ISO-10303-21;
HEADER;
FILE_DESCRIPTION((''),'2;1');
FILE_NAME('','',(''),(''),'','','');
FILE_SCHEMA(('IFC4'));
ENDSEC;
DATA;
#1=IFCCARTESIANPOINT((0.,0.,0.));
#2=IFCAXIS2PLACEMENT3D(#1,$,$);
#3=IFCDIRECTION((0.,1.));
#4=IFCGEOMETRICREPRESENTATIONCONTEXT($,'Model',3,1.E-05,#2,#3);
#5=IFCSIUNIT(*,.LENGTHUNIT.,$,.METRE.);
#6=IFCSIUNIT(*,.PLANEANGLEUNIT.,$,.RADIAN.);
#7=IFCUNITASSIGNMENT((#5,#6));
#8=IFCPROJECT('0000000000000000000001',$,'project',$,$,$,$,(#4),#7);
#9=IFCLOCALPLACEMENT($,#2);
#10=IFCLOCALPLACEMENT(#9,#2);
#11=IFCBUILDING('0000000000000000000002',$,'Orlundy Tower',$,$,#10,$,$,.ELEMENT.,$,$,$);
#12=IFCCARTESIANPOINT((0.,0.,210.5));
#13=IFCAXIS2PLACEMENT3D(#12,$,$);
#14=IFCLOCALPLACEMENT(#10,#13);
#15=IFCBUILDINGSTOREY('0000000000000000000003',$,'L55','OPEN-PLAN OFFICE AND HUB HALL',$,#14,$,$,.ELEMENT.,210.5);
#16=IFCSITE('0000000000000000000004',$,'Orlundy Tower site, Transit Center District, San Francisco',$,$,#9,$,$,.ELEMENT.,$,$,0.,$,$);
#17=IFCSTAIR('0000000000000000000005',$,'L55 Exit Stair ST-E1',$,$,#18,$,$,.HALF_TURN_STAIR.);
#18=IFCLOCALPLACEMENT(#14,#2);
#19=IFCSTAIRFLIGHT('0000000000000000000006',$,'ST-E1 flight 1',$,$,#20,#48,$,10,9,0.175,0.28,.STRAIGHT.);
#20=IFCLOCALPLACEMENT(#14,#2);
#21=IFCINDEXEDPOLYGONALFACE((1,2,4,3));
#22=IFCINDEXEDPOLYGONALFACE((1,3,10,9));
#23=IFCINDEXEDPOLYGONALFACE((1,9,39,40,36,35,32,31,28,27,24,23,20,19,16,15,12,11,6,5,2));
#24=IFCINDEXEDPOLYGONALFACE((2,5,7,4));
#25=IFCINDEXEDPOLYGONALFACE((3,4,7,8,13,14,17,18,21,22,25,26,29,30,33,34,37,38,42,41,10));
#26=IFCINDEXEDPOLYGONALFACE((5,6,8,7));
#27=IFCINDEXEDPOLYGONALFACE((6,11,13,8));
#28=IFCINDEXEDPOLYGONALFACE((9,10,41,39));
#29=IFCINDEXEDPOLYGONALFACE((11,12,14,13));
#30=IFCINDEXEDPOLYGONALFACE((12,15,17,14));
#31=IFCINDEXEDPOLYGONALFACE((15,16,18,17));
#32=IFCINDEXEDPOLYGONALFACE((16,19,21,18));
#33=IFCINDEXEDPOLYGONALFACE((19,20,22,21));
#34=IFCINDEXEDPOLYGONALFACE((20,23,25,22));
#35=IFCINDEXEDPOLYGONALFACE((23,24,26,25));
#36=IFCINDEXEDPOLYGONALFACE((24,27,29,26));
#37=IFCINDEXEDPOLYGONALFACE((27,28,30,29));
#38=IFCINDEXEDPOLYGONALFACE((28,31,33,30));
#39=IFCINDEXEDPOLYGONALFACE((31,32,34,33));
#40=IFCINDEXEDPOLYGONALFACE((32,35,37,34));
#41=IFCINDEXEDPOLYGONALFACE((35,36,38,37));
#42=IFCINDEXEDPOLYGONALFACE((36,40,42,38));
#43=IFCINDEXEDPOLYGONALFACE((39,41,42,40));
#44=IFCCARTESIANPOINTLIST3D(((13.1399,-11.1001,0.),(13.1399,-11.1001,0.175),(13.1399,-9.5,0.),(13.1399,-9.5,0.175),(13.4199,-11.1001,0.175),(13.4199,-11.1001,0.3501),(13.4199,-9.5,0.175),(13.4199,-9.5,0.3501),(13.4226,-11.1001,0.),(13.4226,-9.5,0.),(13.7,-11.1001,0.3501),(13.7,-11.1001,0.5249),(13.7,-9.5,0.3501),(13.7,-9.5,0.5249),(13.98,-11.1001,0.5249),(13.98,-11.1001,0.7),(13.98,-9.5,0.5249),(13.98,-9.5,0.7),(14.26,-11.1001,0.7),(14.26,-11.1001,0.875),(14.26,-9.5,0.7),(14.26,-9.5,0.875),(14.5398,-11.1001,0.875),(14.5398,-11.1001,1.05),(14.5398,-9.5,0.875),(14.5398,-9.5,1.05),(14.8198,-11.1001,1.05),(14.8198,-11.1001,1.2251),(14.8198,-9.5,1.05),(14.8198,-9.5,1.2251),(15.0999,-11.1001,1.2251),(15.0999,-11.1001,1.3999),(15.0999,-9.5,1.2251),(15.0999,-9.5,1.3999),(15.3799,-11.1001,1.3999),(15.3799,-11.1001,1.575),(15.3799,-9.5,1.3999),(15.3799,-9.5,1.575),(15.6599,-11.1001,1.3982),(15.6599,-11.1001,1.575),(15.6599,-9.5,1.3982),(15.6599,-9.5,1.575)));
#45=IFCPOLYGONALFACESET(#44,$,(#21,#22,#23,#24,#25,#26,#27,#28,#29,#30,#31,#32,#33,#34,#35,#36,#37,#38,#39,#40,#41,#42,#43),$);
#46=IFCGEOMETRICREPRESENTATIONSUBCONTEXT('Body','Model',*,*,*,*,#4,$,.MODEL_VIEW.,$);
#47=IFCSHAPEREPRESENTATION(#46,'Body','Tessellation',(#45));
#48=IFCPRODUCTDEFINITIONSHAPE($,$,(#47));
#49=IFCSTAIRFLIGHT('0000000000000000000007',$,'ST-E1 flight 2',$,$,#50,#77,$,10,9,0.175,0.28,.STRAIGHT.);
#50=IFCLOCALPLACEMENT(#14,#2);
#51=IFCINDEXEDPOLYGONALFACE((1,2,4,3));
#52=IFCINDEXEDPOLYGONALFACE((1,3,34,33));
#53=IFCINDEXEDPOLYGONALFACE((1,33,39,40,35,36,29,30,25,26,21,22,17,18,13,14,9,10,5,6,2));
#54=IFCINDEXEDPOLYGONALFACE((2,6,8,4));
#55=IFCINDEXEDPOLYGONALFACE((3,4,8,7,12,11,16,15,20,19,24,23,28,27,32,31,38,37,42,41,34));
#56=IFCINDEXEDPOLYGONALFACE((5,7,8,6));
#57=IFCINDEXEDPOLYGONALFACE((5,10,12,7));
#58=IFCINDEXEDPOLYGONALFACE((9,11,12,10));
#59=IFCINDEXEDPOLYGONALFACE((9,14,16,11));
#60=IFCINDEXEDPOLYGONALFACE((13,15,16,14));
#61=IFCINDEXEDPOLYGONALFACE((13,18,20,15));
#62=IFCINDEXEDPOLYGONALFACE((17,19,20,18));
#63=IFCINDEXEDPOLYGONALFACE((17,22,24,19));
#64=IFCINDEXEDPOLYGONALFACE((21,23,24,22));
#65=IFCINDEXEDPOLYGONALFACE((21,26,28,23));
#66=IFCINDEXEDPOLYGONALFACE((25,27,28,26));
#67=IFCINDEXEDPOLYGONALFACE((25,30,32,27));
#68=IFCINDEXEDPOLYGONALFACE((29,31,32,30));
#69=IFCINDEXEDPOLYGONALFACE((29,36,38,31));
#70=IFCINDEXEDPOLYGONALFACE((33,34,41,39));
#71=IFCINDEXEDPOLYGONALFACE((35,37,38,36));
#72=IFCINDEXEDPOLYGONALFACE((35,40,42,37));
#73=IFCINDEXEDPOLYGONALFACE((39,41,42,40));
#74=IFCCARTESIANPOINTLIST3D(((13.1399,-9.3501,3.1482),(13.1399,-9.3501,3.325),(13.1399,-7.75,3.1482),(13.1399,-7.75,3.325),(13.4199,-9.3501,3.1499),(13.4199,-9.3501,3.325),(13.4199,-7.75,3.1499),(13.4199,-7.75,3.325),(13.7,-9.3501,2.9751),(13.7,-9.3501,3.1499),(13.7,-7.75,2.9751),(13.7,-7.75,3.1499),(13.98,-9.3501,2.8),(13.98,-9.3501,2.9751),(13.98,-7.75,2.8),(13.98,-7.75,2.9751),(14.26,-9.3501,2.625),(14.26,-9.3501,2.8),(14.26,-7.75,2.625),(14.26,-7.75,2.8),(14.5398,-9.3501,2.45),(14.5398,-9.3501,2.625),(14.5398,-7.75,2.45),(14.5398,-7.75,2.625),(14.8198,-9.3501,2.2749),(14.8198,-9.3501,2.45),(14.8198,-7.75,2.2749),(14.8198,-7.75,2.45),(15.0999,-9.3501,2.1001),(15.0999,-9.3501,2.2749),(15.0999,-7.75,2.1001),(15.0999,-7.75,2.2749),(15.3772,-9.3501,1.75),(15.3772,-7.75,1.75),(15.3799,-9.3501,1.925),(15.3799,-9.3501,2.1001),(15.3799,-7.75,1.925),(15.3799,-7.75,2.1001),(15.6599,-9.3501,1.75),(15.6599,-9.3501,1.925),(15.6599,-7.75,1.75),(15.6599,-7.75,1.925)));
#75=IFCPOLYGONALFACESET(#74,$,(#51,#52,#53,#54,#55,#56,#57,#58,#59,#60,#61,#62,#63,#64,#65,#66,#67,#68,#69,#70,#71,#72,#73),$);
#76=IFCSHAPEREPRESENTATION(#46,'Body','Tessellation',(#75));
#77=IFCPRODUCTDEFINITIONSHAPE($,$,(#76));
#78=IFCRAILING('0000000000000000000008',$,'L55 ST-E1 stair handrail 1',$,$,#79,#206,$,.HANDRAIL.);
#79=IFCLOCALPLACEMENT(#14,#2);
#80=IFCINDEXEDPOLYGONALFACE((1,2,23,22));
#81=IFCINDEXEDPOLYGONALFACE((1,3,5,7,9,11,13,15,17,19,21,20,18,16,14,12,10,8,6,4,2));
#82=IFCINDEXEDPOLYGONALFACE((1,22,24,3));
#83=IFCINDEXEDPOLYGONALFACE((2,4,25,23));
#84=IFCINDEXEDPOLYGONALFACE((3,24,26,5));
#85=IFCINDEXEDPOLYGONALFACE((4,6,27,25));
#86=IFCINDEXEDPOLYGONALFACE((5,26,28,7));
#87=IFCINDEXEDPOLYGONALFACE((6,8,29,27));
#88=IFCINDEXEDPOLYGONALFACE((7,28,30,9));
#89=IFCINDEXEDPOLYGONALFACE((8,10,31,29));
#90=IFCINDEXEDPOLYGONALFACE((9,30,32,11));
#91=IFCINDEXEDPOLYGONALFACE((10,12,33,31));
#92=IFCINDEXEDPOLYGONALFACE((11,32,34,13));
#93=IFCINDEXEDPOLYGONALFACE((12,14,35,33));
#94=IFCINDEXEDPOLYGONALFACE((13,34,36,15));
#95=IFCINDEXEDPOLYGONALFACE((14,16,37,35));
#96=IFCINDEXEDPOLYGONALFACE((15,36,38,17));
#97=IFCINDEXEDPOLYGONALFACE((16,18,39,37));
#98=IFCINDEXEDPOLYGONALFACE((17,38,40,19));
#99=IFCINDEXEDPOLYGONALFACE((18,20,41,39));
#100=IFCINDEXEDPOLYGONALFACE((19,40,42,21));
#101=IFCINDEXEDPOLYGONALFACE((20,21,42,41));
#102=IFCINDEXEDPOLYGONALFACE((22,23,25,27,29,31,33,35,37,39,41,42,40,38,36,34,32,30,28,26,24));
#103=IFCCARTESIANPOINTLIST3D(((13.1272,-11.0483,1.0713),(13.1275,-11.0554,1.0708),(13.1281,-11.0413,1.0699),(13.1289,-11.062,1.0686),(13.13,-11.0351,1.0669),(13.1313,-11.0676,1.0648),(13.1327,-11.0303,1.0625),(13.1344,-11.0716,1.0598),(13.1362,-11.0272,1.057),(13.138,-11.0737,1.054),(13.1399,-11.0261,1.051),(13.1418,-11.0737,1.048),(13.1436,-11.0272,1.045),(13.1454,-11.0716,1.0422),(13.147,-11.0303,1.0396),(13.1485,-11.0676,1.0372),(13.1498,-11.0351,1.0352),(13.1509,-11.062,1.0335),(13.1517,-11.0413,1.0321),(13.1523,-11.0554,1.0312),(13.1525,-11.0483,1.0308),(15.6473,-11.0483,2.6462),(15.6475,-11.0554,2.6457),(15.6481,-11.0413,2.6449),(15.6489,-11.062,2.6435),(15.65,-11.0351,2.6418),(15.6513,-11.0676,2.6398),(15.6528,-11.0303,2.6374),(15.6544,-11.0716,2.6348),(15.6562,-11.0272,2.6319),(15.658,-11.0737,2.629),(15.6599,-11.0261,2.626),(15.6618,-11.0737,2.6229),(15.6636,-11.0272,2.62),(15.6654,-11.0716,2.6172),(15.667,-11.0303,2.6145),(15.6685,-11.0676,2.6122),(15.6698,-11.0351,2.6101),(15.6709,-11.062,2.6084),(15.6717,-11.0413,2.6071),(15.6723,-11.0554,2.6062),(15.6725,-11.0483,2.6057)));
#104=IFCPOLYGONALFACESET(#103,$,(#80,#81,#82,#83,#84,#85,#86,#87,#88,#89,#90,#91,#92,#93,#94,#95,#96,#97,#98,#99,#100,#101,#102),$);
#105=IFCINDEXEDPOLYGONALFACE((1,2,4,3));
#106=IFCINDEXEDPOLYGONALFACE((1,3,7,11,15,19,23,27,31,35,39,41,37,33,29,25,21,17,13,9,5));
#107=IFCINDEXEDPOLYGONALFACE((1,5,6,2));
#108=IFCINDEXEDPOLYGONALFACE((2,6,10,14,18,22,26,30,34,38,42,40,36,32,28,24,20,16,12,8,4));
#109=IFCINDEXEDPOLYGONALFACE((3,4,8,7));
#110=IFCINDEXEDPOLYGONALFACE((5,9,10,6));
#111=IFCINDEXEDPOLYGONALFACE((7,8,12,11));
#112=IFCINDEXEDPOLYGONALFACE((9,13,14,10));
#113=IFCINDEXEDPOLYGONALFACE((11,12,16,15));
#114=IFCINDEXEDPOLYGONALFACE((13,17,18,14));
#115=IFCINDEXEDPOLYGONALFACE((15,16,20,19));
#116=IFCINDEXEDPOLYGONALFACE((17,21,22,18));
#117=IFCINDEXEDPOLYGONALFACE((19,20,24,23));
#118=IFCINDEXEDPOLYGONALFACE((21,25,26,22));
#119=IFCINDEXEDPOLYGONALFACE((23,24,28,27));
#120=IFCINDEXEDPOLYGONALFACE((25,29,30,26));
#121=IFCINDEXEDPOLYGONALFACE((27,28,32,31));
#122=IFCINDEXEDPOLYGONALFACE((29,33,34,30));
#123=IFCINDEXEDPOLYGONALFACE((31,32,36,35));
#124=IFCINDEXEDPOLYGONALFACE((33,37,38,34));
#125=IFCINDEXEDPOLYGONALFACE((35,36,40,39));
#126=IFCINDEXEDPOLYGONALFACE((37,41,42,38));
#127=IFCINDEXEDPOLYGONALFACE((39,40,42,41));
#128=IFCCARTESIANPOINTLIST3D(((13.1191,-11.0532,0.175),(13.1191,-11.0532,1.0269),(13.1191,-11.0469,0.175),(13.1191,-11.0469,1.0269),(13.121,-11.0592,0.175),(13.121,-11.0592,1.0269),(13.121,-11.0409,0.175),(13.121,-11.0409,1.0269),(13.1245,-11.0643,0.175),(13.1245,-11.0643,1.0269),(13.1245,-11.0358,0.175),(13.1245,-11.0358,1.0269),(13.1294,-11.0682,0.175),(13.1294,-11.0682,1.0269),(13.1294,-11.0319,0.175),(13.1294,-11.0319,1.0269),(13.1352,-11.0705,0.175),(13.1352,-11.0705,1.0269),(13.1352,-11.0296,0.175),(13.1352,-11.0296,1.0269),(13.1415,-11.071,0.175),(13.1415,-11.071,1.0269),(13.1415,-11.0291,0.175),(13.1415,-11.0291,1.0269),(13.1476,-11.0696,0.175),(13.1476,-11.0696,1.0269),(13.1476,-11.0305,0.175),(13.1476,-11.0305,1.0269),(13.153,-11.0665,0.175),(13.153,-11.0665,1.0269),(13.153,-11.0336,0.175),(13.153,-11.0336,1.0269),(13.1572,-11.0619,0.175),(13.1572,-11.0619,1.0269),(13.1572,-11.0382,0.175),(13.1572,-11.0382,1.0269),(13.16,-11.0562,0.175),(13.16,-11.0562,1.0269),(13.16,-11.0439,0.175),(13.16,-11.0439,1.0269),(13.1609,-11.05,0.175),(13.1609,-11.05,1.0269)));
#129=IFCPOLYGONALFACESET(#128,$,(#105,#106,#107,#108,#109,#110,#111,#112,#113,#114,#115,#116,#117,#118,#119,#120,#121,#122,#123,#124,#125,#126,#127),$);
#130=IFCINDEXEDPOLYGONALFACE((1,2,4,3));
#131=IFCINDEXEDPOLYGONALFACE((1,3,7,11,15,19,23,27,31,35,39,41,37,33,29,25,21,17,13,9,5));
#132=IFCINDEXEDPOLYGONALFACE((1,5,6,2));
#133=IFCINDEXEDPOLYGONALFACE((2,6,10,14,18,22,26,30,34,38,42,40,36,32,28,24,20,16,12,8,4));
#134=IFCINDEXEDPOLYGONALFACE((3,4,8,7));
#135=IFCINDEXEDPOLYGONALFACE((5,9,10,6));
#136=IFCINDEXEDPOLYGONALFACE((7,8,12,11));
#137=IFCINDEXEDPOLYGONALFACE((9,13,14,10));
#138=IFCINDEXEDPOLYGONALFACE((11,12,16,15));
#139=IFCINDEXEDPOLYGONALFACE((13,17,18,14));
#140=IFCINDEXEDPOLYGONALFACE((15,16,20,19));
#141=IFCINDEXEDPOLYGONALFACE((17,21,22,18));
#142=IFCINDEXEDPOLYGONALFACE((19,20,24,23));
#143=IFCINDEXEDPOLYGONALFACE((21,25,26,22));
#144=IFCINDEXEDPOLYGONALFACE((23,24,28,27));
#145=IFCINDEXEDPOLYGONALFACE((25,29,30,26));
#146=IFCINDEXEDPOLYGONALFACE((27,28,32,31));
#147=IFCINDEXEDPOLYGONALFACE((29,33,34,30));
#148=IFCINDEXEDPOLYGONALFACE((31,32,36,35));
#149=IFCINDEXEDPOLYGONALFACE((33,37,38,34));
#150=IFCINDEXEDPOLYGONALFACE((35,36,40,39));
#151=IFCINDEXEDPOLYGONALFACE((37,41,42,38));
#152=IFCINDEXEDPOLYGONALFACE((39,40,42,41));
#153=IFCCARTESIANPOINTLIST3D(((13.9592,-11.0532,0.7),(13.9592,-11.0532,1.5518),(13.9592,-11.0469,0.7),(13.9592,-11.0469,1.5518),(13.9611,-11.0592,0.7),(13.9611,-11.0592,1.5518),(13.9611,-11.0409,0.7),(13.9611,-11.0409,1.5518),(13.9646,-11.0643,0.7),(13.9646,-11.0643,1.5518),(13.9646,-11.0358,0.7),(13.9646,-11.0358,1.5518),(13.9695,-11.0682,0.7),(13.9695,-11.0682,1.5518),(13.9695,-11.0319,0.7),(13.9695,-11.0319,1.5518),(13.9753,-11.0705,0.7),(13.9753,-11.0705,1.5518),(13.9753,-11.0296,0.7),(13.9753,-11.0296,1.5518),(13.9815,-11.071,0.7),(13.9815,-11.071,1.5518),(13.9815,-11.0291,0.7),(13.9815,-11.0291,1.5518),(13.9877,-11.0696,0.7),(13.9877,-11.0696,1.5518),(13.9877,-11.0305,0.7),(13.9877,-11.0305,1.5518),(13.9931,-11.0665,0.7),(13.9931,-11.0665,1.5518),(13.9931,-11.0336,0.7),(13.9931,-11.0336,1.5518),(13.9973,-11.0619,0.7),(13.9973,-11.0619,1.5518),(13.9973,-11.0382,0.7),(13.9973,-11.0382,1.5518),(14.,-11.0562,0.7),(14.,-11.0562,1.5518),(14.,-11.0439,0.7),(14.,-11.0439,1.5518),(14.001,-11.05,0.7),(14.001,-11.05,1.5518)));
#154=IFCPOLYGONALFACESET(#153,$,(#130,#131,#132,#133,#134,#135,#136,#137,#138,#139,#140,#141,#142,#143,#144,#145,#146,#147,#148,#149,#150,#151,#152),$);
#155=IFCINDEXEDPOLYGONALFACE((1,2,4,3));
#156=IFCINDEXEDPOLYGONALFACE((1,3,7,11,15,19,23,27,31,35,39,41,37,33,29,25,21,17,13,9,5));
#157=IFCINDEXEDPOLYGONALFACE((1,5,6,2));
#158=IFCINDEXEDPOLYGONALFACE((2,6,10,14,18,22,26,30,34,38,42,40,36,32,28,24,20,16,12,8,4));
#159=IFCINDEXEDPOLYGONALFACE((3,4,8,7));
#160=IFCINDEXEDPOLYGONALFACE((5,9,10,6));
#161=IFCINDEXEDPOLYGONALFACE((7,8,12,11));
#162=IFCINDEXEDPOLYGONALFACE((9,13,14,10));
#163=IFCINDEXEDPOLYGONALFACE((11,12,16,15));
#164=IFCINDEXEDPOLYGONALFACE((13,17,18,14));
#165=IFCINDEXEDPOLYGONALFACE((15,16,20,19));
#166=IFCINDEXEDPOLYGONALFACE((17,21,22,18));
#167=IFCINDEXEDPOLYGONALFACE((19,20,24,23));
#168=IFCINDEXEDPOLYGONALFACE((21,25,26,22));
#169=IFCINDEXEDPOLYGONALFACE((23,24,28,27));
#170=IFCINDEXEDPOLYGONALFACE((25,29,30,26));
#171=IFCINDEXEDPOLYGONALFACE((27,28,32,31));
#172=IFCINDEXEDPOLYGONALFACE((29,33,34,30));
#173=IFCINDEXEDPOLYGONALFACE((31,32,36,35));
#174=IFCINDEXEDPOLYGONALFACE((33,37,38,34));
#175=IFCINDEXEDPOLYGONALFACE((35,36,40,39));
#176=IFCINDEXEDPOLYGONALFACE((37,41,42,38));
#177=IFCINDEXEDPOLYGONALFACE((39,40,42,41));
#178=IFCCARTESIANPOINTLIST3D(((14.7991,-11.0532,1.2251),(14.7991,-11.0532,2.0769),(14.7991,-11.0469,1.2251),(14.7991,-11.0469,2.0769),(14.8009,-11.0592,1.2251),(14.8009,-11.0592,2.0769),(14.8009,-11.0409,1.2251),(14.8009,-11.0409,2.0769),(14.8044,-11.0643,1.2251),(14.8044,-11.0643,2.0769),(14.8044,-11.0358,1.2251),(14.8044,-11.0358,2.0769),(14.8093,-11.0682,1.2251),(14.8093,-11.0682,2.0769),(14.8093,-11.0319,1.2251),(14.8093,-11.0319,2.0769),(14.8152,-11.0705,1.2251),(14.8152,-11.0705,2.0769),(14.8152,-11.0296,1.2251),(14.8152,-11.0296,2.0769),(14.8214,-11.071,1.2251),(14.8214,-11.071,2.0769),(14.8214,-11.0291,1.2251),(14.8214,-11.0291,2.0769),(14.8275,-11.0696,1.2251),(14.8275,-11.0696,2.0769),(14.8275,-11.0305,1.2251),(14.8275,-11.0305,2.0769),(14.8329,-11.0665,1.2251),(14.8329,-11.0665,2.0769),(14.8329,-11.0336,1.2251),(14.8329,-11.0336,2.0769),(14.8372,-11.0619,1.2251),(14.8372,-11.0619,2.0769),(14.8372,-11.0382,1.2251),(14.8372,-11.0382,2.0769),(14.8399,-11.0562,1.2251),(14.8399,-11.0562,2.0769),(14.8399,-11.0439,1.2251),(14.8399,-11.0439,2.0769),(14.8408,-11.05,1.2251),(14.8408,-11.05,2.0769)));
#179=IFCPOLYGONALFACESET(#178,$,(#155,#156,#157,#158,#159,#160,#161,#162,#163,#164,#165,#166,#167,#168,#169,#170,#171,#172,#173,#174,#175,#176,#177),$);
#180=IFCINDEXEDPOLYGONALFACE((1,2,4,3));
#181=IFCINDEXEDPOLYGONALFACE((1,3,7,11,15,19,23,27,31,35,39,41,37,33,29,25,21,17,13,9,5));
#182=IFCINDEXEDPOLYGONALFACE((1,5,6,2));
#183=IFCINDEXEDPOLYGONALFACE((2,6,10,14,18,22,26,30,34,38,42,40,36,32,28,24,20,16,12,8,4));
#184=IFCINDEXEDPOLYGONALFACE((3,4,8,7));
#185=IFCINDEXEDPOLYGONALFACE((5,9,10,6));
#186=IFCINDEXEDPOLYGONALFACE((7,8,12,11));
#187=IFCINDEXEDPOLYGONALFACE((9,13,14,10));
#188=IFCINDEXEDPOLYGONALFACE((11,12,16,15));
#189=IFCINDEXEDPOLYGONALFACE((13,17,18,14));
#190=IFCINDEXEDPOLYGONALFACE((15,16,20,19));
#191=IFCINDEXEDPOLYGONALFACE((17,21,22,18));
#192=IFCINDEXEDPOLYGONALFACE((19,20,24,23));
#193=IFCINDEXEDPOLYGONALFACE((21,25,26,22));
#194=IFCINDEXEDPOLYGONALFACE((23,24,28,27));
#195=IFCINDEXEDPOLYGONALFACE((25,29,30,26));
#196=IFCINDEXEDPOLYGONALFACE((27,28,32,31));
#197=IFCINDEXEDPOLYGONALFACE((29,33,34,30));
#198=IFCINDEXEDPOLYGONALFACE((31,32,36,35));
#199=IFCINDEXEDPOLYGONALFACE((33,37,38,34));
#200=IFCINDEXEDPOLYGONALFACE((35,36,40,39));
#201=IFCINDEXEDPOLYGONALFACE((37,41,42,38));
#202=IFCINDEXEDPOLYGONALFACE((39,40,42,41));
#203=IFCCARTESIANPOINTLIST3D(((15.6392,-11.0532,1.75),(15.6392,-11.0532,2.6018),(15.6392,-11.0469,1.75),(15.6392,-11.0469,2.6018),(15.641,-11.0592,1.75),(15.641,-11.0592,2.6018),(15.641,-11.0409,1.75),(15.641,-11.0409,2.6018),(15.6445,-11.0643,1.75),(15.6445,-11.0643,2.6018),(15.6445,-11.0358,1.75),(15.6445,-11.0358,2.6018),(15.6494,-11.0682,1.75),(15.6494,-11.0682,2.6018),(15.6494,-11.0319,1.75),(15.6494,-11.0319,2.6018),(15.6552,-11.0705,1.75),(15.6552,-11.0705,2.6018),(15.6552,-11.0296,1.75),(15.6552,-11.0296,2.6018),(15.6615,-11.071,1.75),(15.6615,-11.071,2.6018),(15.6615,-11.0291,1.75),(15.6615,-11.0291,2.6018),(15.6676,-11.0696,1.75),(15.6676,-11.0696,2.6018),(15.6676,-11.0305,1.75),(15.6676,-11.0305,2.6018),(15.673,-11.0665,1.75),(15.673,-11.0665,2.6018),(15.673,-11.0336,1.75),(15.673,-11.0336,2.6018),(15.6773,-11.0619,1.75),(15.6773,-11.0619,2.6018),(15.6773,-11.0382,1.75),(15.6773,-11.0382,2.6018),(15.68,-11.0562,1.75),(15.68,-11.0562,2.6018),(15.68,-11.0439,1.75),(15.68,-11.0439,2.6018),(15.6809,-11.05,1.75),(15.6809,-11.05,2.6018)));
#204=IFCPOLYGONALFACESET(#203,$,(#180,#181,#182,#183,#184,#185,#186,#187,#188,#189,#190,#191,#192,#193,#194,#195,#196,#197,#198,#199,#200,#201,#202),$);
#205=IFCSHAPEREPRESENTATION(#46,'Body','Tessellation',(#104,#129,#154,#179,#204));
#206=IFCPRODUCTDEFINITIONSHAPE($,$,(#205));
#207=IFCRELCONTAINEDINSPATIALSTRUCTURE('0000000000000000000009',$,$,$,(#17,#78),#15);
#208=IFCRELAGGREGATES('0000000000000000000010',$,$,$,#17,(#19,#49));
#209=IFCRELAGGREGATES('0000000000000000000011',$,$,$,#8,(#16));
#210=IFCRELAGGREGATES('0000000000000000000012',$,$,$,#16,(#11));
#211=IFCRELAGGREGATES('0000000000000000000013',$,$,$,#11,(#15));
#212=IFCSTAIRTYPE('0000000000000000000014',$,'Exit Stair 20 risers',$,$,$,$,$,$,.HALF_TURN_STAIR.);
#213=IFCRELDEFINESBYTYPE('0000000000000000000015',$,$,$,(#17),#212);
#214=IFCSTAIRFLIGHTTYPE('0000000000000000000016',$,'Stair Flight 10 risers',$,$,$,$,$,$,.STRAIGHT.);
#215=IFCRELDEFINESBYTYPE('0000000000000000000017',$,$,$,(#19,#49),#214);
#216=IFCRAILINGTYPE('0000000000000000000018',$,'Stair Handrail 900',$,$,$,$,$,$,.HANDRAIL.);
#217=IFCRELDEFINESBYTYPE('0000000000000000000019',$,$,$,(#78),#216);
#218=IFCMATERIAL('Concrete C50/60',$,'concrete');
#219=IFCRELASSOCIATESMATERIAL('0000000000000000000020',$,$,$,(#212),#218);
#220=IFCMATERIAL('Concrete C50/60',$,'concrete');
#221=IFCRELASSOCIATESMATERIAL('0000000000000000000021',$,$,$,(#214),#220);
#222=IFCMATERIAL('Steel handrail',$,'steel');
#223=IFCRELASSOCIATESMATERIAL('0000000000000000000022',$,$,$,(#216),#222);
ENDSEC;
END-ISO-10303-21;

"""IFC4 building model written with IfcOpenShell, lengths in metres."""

from ifc_helpers import new_model, si_unit, direction, frame, origin, origin_2d, place, context, subcontext, project, spatial, polyline, circle, outline, extrude, material, type_object, element, aggregate, save


model = new_model("IFC4")

# Units and contexts
model_context = context("Model", 3, precision=1e-05, world=origin(), true_north=direction((0.0, 1.0)))
body_context = subcontext(model_context, "Body", "Model", "MODEL_VIEW")
ifc_project = project(units=[si_unit("LENGTHUNIT", "METRE"), si_unit("PLANEANGLEUNIT", "RADIAN")], contexts=[model_context])

# Site, building, storey
site_placement = place(None, origin())
site = spatial("IfcSite", under=ifc_project, at=site_placement, Name="Orlundy Tower site, Transit Center District, San Francisco", CompositionType="ELEMENT", RefElevation=0.0)
building_placement = place(site_placement, origin())
building = spatial("IfcBuilding", under=site, at=building_placement, Name="Orlundy Tower", CompositionType="ELEMENT")
storey_placement = place(building_placement, frame((0.0, 0.0, 210.5)))
storey = spatial("IfcBuildingStorey", under=building, at=storey_placement, Name="L55", Description="OPEN-PLAN OFFICE AND HUB HALL", CompositionType="ELEMENT", Elevation=210.5)

# Stair, stair flights
ifc_material_1 = material(Name="Concrete C50/60", Category="concrete")
stair_type = type_object("IfcStairType", Name="Exit Stair 20 risers", PredefinedType="HALF_TURN_STAIR", material=ifc_material_1)
stair_placement = place(storey_placement, origin())
stair = element("IfcStair", 1, at=stair_placement, inside=storey, type_object=stair_type, Name="L55 Exit Stair ST-E1", PredefinedType="HALF_TURN_STAIR")
ifc_material_2 = material(Name="Concrete C50/60", Category="concrete")
stair_flight_type = type_object("IfcStairFlightType", Name="Stair Flight 10 risers", PredefinedType="STRAIGHT", material=ifc_material_2)
stair_flight_1_placement = place(storey_placement, frame((13.1399, -10.3, 0.0), z_axis=(0.0, 0.0, 1.0), x_axis=(1.0, 0.0, 0.0)))
stair_flight_1 = element("IfcStairFlight", 2, at=stair_flight_1_placement, type_object=stair_flight_type, Name="ST-E1 flight 1", NumberOfRisers=10, NumberOfTreads=9, PredefinedType="STRAIGHT", RiserHeight=0.175, TreadLength=0.28, context=body_context, shape_type="SweptSolid", body=[
    extrude(outline(polyline([(0.0, 0.0), (0.0, 0.175), (0.28, 0.175), (0.28, 0.3501), (0.5601, 0.3501), (0.5601, 0.5249), (0.8401, 0.5249), (0.8401, 0.7), (1.1201, 0.7), (1.1201, 0.875), (1.3999, 0.875), (1.3999, 1.05), (1.6799, 1.05), (1.6799, 1.2251), (1.96, 1.2251), (1.96, 1.3999), (2.24, 1.3999), (2.24, 1.575), (2.52, 1.575), (2.52, 1.75), (2.52, 1.3982), (0.2827, 0.0), (0.0, 0.0)])), frame((0.0, 0.8, 0.0), z_axis=(0.0, -1.0, 0.0), x_axis=(1.0, 0.0, 0.0)), (0.0, 0.0, 1.0), 1.6001),
])
stair_flight_2_placement = place(storey_placement, frame((15.6599, -8.55, 1.75), z_axis=(0.0, 0.0, 1.0), x_axis=(-1.0, 0.0, 0.0)))
stair_flight_2 = element("IfcStairFlight", 3, at=stair_flight_2_placement, type_object=stair_flight_type, Name="ST-E1 flight 2", NumberOfRisers=10, NumberOfTreads=9, PredefinedType="STRAIGHT", RiserHeight=0.175, TreadLength=0.28, context=body_context, shape_type="SweptSolid", body=[
    extrude(outline(polyline([(0.0, 0.0), (0.0, 0.175), (0.28, 0.175), (0.28, 0.3501), (0.5601, 0.3501), (0.5601, 0.5249), (0.8401, 0.5249), (0.8401, 0.7), (1.1201, 0.7), (1.1201, 0.875), (1.3999, 0.875), (1.3999, 1.05), (1.6799, 1.05), (1.6799, 1.2251), (1.96, 1.2251), (1.96, 1.3999), (2.24, 1.3999), (2.24, 1.575), (2.52, 1.575), (2.52, 1.75), (2.52, 1.3982), (0.2827, 0.0), (0.0, 0.0)])), frame((0.0, 0.8, 0.0), z_axis=(0.0, -1.0, 0.0), x_axis=(1.0, 0.0, 0.0)), (0.0, 0.0, 1.0), 1.6001),
])
aggregate(stair, [stair_flight_1, stair_flight_2])

# Railing
ifc_material_3 = material(Name="Steel handrail", Category="steel")
railing_type_1 = type_object("IfcRailingType", Name="Stair Handrail 900", PredefinedType="HANDRAIL", material=ifc_material_3)
railing_1_placement = place(storey_placement, frame((13.1399, -11.05, 0.175)))
element("IfcRailing", 4, at=railing_1_placement, inside=storey, type_object=railing_type_1, Name="L55 ST-E1 stair handrail 1", PredefinedType="HANDRAIL", context=body_context, shape_type="SweptSolid", body=[
    extrude(circle(Radius=0.0239, at=origin_2d()), frame((0.0, 0.0, 0.876), z_axis=(0.848008, 0.0, 0.529984), x_axis=(0.0, 1.0, 0.0)), (0.0, 0.0, 1.0), 2.9717),
    extrude(circle(Radius=0.021, at=origin_2d()), origin(), (0.0, 0.0, 1.0), 0.8518),
    extrude(circle(Radius=0.021, at=origin_2d()), frame((0.8401, 0.0, 0.5249)), (0.0, 0.0, 1.0), 0.8518),
    extrude(circle(Radius=0.021, at=origin_2d()), frame((1.6799, 0.0, 1.05)), (0.0, 0.0, 1.0), 0.8518),
    extrude(circle(Radius=0.021, at=origin_2d()), frame((2.52, 0.0, 1.575)), (0.0, 0.0, 1.0), 0.8518),
])

save(model, "model.ifc")
